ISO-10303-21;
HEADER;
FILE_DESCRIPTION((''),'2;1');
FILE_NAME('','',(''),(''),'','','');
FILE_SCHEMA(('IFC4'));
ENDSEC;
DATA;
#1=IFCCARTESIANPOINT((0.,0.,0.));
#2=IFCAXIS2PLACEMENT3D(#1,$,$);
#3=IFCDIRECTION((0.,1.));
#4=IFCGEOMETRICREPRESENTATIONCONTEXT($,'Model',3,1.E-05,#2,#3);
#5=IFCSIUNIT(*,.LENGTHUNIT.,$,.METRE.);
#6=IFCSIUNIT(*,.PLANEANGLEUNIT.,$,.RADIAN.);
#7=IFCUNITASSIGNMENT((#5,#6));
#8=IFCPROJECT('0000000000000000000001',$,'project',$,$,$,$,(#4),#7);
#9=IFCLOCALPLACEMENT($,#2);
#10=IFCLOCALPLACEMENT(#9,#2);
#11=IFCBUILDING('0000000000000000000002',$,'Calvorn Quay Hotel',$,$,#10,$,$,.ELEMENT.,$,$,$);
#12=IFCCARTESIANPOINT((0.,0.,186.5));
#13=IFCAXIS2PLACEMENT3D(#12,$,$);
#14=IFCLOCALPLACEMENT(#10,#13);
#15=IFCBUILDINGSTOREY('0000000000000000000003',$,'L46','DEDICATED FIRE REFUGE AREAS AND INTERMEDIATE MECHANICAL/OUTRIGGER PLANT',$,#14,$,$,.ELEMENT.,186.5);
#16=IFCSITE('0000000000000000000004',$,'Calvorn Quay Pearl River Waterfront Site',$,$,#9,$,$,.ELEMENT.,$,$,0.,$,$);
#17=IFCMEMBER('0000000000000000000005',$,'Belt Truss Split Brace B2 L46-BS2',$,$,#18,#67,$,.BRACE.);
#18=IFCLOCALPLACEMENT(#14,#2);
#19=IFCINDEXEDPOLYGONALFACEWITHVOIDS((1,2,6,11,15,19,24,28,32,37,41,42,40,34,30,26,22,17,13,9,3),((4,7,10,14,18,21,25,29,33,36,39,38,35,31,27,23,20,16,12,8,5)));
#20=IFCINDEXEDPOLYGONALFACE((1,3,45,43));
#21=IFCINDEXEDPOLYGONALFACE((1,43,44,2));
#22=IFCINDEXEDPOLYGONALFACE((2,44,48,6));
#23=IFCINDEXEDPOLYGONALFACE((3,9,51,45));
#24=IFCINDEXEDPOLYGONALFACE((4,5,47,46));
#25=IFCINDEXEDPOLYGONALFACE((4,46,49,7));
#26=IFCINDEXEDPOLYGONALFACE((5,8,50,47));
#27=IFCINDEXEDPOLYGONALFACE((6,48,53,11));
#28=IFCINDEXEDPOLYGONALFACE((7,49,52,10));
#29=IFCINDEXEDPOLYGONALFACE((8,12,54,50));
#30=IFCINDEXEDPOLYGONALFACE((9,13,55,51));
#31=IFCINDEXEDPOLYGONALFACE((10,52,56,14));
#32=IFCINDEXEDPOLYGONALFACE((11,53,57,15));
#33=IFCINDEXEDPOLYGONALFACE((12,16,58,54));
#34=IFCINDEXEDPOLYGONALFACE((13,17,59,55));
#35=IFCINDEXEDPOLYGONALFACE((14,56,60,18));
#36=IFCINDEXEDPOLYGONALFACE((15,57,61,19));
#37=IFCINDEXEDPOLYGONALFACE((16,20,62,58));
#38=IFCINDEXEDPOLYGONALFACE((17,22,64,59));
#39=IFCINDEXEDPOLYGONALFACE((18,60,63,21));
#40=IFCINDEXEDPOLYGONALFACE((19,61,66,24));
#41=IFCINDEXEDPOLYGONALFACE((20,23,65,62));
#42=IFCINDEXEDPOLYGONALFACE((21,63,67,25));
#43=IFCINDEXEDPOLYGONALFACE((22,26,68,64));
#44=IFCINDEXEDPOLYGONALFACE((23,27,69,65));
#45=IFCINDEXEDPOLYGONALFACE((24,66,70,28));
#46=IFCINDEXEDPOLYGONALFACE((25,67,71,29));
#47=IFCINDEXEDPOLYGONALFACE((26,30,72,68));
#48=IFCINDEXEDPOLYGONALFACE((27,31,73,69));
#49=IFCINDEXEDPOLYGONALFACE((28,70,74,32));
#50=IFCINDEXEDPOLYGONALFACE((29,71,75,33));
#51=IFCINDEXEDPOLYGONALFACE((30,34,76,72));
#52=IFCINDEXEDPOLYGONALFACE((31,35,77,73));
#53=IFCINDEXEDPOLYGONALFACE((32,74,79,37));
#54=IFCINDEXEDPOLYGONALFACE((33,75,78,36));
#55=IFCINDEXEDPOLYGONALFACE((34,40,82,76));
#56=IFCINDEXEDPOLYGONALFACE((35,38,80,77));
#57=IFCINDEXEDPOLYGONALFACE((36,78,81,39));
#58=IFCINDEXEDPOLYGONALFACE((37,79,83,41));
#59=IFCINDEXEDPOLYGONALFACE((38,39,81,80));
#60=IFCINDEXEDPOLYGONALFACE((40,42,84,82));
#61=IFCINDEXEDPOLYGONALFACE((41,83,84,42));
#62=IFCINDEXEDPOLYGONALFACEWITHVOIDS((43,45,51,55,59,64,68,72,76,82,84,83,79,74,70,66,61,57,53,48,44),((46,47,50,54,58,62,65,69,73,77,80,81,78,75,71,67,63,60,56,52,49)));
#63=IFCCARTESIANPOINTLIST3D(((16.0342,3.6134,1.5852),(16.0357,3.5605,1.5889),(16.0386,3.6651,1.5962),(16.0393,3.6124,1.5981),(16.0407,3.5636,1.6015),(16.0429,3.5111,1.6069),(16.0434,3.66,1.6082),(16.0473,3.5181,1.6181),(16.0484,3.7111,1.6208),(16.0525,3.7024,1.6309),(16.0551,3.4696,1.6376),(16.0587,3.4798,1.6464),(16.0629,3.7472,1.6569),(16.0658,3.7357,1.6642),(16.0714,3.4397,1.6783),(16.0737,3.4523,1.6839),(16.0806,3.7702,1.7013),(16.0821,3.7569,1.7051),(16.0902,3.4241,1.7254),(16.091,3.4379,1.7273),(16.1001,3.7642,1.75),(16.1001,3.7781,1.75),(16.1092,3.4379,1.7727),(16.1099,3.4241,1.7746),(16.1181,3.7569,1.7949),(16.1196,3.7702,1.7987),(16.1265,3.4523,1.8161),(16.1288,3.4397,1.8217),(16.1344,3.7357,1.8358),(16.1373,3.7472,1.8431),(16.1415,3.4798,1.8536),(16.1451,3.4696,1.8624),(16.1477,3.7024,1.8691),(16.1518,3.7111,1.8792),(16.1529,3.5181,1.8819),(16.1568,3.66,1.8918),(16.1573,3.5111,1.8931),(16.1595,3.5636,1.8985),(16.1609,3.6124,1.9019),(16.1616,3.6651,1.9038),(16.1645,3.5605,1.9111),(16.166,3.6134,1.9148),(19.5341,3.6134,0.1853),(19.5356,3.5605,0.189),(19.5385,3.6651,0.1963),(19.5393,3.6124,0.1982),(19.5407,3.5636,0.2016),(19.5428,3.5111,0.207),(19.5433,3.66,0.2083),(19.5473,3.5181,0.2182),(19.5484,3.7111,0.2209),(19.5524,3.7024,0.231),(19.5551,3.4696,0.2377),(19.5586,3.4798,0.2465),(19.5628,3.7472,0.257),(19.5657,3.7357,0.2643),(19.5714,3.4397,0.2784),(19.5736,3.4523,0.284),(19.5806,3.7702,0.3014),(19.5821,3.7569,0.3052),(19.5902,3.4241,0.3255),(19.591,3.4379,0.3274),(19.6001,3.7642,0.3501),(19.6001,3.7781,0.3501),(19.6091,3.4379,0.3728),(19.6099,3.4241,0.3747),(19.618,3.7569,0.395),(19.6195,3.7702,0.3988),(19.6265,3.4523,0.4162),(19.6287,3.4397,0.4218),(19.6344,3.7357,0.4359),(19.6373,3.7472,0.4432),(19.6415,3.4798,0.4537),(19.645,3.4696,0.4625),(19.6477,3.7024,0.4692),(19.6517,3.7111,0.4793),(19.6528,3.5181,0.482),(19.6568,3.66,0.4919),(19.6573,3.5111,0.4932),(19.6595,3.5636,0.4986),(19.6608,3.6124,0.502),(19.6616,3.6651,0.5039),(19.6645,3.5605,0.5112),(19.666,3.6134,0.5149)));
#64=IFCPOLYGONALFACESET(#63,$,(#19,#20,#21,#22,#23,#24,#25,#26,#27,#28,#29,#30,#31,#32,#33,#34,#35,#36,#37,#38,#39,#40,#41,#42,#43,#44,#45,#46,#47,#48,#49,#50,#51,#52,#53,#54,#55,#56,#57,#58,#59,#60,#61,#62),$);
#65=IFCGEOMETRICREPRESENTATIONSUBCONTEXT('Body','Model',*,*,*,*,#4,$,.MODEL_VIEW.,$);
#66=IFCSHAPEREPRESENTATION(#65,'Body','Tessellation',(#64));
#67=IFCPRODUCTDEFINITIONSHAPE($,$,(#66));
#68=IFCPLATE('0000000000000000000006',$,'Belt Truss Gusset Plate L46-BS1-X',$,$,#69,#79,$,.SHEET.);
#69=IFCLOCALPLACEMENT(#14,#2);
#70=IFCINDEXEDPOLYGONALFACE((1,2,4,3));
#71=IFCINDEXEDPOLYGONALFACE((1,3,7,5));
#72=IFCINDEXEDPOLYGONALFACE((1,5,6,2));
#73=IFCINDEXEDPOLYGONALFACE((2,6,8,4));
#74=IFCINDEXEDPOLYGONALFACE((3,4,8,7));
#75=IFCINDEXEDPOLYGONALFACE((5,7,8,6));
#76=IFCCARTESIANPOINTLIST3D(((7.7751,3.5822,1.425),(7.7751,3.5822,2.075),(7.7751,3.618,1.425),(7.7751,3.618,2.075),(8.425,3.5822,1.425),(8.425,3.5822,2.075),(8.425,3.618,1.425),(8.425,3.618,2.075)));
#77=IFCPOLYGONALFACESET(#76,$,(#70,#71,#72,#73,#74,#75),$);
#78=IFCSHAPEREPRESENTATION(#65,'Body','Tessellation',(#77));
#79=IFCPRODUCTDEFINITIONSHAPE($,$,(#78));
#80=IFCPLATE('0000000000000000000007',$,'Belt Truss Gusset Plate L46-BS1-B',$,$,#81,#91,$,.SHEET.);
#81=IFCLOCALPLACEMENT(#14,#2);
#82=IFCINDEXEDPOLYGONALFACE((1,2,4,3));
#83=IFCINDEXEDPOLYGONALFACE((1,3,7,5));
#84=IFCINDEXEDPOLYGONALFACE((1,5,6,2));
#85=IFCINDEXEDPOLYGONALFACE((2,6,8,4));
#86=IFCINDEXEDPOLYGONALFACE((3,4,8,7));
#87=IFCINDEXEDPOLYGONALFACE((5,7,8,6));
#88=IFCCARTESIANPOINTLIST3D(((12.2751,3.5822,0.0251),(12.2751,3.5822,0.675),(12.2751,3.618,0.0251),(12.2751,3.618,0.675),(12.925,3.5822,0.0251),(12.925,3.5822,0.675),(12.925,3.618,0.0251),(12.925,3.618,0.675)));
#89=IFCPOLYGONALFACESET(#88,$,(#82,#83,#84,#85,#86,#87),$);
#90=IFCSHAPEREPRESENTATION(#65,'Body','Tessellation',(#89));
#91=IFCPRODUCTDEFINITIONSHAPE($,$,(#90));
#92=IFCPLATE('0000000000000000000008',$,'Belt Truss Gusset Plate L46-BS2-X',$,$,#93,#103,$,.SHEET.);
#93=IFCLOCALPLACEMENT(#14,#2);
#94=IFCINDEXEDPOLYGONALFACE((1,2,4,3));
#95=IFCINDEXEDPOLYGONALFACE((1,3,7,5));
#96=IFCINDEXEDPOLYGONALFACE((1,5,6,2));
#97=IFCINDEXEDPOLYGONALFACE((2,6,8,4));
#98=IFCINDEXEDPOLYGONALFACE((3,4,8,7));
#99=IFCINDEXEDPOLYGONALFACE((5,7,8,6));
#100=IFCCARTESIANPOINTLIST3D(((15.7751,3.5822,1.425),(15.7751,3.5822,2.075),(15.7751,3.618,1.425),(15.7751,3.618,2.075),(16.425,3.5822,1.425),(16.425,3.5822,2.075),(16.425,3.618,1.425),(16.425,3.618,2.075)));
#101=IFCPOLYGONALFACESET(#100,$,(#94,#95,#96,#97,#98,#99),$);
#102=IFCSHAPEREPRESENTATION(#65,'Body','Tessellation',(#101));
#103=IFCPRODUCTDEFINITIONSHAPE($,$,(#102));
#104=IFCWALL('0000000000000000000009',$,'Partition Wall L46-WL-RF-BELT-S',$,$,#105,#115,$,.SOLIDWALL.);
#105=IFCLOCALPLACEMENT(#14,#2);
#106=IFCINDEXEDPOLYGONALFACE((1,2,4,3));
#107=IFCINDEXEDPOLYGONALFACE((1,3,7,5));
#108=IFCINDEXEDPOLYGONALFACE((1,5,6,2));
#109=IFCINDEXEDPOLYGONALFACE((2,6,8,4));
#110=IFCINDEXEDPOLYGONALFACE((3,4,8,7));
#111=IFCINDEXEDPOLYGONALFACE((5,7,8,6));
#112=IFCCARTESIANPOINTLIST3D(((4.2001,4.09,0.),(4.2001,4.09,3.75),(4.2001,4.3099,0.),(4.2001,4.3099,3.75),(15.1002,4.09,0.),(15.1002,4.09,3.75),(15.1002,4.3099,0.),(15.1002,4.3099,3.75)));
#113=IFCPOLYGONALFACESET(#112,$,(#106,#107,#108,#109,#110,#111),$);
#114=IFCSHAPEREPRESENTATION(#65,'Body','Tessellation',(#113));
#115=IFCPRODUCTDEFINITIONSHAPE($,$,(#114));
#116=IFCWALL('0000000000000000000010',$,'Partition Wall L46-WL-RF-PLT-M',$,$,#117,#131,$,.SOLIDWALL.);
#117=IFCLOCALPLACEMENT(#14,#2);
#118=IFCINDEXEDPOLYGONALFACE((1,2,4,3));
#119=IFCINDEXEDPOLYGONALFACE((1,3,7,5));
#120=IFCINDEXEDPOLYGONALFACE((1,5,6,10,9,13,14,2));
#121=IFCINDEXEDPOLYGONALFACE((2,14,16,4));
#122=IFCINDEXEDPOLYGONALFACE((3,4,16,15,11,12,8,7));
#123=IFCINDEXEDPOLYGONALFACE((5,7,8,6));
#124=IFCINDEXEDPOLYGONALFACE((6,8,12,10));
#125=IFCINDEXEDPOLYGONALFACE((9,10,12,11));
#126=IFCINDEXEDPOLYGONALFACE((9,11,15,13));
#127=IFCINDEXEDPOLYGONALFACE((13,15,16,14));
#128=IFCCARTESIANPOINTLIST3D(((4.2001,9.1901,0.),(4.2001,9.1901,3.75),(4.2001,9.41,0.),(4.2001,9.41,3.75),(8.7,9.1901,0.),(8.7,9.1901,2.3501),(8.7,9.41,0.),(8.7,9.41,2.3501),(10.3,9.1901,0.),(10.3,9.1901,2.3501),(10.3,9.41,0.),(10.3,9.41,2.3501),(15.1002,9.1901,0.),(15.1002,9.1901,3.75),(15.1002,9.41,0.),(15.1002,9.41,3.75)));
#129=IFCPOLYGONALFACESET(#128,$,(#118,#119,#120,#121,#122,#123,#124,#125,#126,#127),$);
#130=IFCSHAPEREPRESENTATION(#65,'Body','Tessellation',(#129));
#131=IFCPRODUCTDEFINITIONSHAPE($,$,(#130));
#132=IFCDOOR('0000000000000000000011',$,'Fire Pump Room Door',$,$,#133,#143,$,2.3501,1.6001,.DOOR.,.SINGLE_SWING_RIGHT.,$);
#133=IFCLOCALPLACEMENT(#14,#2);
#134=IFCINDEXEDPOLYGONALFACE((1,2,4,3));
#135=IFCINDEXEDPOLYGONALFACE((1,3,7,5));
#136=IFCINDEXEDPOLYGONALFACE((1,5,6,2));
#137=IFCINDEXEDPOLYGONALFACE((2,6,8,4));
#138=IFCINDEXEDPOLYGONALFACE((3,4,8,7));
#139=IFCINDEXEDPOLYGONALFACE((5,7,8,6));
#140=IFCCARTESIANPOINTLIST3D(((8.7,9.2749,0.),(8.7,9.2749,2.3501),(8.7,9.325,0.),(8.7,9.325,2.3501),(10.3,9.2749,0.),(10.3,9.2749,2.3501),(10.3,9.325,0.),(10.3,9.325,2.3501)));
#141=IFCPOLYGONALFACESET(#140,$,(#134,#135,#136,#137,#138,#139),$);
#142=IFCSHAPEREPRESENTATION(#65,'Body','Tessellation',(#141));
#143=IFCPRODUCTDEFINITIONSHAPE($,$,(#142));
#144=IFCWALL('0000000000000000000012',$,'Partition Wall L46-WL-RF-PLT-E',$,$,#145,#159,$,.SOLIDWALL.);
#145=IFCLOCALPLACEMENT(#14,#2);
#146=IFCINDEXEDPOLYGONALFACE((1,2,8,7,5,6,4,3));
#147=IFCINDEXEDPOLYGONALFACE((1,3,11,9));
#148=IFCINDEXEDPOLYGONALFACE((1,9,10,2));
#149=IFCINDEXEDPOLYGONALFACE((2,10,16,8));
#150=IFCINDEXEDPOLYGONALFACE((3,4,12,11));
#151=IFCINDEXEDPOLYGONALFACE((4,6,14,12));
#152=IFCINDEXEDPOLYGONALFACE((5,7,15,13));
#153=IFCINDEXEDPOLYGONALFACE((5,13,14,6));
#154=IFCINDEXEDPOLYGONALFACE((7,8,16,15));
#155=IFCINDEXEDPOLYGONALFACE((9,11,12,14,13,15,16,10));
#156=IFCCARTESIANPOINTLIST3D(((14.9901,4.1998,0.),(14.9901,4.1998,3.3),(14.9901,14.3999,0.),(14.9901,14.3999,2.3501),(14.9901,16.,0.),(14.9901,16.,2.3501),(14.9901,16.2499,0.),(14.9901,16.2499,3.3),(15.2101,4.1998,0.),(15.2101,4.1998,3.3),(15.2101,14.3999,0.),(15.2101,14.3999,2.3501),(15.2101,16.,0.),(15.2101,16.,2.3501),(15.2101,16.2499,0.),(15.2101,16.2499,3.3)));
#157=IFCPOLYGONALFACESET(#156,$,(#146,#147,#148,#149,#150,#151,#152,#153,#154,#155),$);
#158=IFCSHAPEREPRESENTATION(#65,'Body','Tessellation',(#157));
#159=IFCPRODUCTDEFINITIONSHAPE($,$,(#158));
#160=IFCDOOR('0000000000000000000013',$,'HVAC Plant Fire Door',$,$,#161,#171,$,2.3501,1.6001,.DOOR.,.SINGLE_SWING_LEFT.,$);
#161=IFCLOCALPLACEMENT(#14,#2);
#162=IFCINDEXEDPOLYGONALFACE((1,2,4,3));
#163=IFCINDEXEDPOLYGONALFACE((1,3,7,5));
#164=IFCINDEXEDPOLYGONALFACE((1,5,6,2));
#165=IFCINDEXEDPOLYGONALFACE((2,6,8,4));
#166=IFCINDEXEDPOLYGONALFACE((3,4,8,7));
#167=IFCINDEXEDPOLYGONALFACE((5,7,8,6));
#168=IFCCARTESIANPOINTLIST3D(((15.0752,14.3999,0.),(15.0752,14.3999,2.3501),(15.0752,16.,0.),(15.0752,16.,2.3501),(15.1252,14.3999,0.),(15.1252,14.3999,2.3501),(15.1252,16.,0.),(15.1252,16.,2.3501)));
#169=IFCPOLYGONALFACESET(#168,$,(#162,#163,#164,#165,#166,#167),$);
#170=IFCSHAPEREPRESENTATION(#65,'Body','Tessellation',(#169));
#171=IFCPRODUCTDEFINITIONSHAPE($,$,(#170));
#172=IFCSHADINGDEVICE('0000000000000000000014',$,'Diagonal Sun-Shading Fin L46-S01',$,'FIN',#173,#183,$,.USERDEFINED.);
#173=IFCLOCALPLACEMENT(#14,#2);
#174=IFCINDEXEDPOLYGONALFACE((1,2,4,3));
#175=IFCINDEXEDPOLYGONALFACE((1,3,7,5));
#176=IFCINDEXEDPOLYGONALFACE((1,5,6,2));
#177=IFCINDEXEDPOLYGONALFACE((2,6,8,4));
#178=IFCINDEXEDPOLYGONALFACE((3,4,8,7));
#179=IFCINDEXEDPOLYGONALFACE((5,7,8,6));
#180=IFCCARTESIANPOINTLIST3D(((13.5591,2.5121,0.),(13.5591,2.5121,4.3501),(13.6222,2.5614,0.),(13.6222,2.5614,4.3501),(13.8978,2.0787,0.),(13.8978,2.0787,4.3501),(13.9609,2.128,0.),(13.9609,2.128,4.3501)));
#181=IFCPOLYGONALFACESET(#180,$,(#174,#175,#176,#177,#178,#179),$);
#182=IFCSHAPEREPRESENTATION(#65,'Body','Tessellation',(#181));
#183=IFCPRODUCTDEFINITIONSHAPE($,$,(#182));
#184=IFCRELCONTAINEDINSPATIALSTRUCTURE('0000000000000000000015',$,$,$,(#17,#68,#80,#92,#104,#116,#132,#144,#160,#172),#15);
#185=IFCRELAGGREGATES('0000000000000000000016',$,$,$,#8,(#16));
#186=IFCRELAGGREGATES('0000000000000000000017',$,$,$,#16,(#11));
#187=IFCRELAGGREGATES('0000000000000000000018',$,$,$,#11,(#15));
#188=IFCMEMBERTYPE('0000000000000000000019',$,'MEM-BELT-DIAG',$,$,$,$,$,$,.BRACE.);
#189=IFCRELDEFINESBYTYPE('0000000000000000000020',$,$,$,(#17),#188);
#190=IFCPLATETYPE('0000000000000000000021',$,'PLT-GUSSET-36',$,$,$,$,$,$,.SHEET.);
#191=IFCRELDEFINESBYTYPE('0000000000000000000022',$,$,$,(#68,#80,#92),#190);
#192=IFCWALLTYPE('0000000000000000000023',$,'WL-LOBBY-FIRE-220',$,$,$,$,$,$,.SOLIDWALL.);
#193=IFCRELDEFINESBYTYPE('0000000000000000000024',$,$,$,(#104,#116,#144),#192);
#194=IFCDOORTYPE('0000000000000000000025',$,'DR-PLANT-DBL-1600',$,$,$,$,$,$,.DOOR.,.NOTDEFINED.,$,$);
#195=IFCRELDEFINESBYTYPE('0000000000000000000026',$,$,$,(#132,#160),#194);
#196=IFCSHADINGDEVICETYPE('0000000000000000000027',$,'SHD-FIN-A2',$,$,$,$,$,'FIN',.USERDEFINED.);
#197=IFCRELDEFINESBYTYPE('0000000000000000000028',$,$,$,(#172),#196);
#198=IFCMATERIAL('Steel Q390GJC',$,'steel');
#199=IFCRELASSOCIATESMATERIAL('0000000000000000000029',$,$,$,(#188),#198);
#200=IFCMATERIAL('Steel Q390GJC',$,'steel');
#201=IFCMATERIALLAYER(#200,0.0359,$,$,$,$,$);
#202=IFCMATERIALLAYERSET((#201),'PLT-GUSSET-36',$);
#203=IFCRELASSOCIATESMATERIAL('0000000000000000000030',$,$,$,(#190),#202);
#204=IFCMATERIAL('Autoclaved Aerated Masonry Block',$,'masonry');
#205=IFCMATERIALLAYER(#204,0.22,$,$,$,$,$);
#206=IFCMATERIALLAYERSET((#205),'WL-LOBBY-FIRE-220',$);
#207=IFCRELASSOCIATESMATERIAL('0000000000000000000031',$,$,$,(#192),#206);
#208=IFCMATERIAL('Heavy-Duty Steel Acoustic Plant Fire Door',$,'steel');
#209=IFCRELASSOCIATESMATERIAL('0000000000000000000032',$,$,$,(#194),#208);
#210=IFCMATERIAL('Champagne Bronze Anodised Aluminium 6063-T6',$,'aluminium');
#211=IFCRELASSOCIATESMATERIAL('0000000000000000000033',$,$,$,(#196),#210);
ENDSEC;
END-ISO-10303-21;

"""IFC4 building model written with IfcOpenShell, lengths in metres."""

from ifc_helpers import new_model, si_unit, direction, frame, frame_2d, origin, origin_2d, place, context, subcontext, project, spatial, rectangle, hollow_circle, extrude, material, layer, layer_set, material_profile, profile_set, type_object, element, fill, save


model = new_model("IFC4")

# Units and contexts
model_context = context("Model", 3, precision=1e-05, world=origin(), true_north=direction((0.0, 1.0)))
body_context = subcontext(model_context, "Body", "Model", "MODEL_VIEW")
ifc_project = project(units=[si_unit("LENGTHUNIT", "METRE"), si_unit("PLANEANGLEUNIT", "RADIAN")], contexts=[model_context])

# Site, building, storey
site_placement = place(None, origin())
site = spatial("IfcSite", under=ifc_project, at=site_placement, Name="Calvorn Quay Pearl River Waterfront Site", CompositionType="ELEMENT", RefElevation=0.0)
building_placement = place(site_placement, origin())
building = spatial("IfcBuilding", under=site, at=building_placement, Name="Calvorn Quay Hotel", CompositionType="ELEMENT")
storey_placement = place(building_placement, frame((0.0, 0.0, 186.5)))
storey = spatial("IfcBuildingStorey", under=building, at=storey_placement, Name="L46", Description="DEDICATED FIRE REFUGE AREAS AND INTERMEDIATE MECHANICAL/OUTRIGGER PLANT", CompositionType="ELEMENT", Elevation=186.5)

# Member
ifc_material_1 = material(Name="Steel Q390GJC", Category="steel")
ifc_material_profile_1 = material_profile(ifc_material_1, hollow_circle(Radius=0.178, WallThickness=0.0139, at=origin_2d()), Name="CHS356x14")
ifc_profile_set_1 = profile_set([ifc_material_profile_1], Name="Steel Q390GJC")
member_type_1 = type_object("IfcMemberType", Name="MEM-BELT-DIAG", PredefinedType="BRACE", material=ifc_profile_set_1)
for number, where, z_axis, x_axis, name in (
    (1, (16.1001, 3.6001, 1.75), (0.928486, 0.0, -0.371368), (0.0, 1.0, 0.0), "Belt Truss Split Brace B2 L46-BS2"),
):
    element("IfcMember", number, at=place(storey_placement, frame(where, z_axis=z_axis, x_axis=x_axis)), inside=storey, type_object=member_type_1, Name=name, PredefinedType="BRACE", context=body_context, shape_type="SweptSolid", body=[
        extrude(hollow_circle(Radius=0.178, WallThickness=0.0139, at=origin_2d()), origin(), (0.0, 0.0, 1.0), 3.7695),
    ])

# Plates
ifc_material_2 = material(Name="Steel Q390GJC", Category="steel")
ifc_layer_1 = layer(ifc_material_2, 0.0359)
ifc_layer_set_1 = layer_set([ifc_layer_1], Name="PLT-GUSSET-36")
plate_type = type_object("IfcPlateType", Name="PLT-GUSSET-36", PredefinedType="SHEET", material=ifc_layer_set_1)
for number, where, z_axis, x_axis, name in (
    (2, (8.1001, 3.6001, 1.425), (0.0, 0.0, 1.0), (1.0, 0.0, 0.0), "Belt Truss Gusset Plate L46-BS1-X"),
    (3, (12.6001, 3.6001, 0.0251), (0.0, 0.0, 1.0), (1.0, 0.0, 0.0), "Belt Truss Gusset Plate L46-BS1-B"),
    (4, (16.1001, 3.6001, 1.425), (0.0, 0.0, 1.0), (1.0, 0.0, 0.0), "Belt Truss Gusset Plate L46-BS2-X"),
):
    element("IfcPlate", number, at=place(storey_placement, frame(where, z_axis=z_axis, x_axis=x_axis)), inside=storey, type_object=plate_type, Name=name, PredefinedType="SHEET", context=body_context, shape_type="SweptSolid", body=[
        extrude(rectangle(XDim=0.6499, YDim=0.0359, at=origin_2d()), origin(), (0.0, 0.0, 1.0), 0.6499),
    ])

# Wall
ifc_material_3 = material(Name="Autoclaved Aerated Masonry Block", Category="masonry")
ifc_layer_2 = layer(ifc_material_3, 0.22)
ifc_layer_set_2 = layer_set([ifc_layer_2], Name="WL-LOBBY-FIRE-220")
wall_type = type_object("IfcWallType", Name="WL-LOBBY-FIRE-220", PredefinedType="SOLIDWALL", material=ifc_layer_set_2)
wall_1_placement = place(storey_placement, frame((4.2, 4.2, 0.0), z_axis=(0.0, 0.0, 1.0), x_axis=(1.0, 0.0, 0.0)))
element("IfcWall", 5, at=wall_1_placement, inside=storey, type_object=wall_type, Name="Partition Wall L46-WL-RF-BELT-S", PredefinedType="SOLIDWALL", context=body_context, shape_type="SweptSolid", body=[
    extrude(rectangle(XDim=10.9001, YDim=0.22, at=frame_2d((5.4502, 0.0))), origin(), (0.0, 0.0, 1.0), 3.75),
])

# Walls, openings, doors
wall_2_placement = place(storey_placement, frame((4.2, 9.3, 0.0), z_axis=(0.0, 0.0, 1.0), x_axis=(1.0, 0.0, 0.0)))
wall_2 = element("IfcWall", 6, at=wall_2_placement, inside=storey, type_object=wall_type, Name="Partition Wall L46-WL-RF-PLT-M", PredefinedType="SOLIDWALL", context=body_context, shape_type="SweptSolid", body=[
    extrude(rectangle(XDim=10.9001, YDim=0.22, at=frame_2d((5.4502, 0.0))), origin(), (0.0, 0.0, 1.0), 3.75),
])
opening_1_placement = place(wall_2_placement, frame((4.5, 0.0, 0.0)))
opening_1 = element("IfcOpeningElement", 7, at=opening_1_placement, cuts=wall_2, PredefinedType="OPENING", context=body_context, shape_type="SweptSolid", body=[
    extrude(rectangle(XDim=1.6001, YDim=2.3501, at=frame_2d((0.8, 1.175))), frame((0.0, 0.1199, 0.0), z_axis=(0.0, -1.0, 0.0), x_axis=(1.0, 0.0, 0.0)), (0.0, 0.0, 1.0), 0.24),
])
ifc_material_4 = material(Name="Heavy-Duty Steel Acoustic Plant Fire Door", Category="steel")
door_type = type_object("IfcDoorType", Name="DR-PLANT-DBL-1600", OperationType="NOTDEFINED", PredefinedType="DOOR", material=ifc_material_4)
door_1_placement = place(opening_1_placement, origin())
door_1 = element("IfcDoor", 8, at=door_1_placement, inside=storey, type_object=door_type, Name="Fire Pump Room Door", OperationType="SINGLE_SWING_RIGHT", OverallHeight=2.3501, OverallWidth=1.6001, PredefinedType="DOOR", context=body_context, shape_type="SweptSolid", body=[
    extrude(rectangle(XDim=1.6001, YDim=2.3501, at=frame_2d((0.8, 1.175))), frame((0.0, 0.0249, 0.0), z_axis=(0.0, -1.0, 0.0), x_axis=(1.0, 0.0, 0.0)), (0.0, 0.0, 1.0), 0.05),
])
fill(opening_1, door_1)
wall_3_placement = place(storey_placement, frame((15.1001, 4.2, 0.0), z_axis=(0.0, 0.0, 1.0), x_axis=(0.0, 1.0, 0.0)))
wall_3 = element("IfcWall", 9, at=wall_3_placement, inside=storey, type_object=wall_type, Name="Partition Wall L46-WL-RF-PLT-E", PredefinedType="SOLIDWALL", context=body_context, shape_type="SweptSolid", body=[
    extrude(rectangle(XDim=12.05, YDim=0.22, at=frame_2d((6.0249, 0.0))), origin(), (0.0, 0.0, 1.0), 3.3),
])
opening_2_placement = place(wall_3_placement, frame((10.2, 0.0, 0.0)))
opening_2 = element("IfcOpeningElement", 10, at=opening_2_placement, cuts=wall_3, PredefinedType="OPENING", context=body_context, shape_type="SweptSolid", body=[
    extrude(rectangle(XDim=1.6001, YDim=2.3501, at=frame_2d((0.8, 1.175))), frame((0.0, 0.1199, 0.0), z_axis=(0.0, -1.0, 0.0), x_axis=(1.0, 0.0, 0.0)), (0.0, 0.0, 1.0), 0.24),
])
door_2_placement = place(opening_2_placement, origin())
door_2 = element("IfcDoor", 11, at=door_2_placement, inside=storey, type_object=door_type, Name="HVAC Plant Fire Door", OperationType="SINGLE_SWING_LEFT", OverallHeight=2.3501, OverallWidth=1.6001, PredefinedType="DOOR", context=body_context, shape_type="SweptSolid", body=[
    extrude(rectangle(XDim=1.6001, YDim=2.3501, at=frame_2d((0.8, 1.175))), frame((0.0, 0.0249, 0.0), z_axis=(0.0, -1.0, 0.0), x_axis=(1.0, 0.0, 0.0)), (0.0, 0.0, 1.0), 0.05),
])
fill(opening_2, door_2)

# Shading device
ifc_material_5 = material(Name="Champagne Bronze Anodised Aluminium 6063-T6", Category="aluminium")
shading_device_type_1 = type_object("IfcShadingDeviceType", Name="SHD-FIN-A2", ElementType="FIN", PredefinedType="USERDEFINED", material=ifc_material_5)
shading_device_1_placement = place(storey_placement, frame((13.76, 2.3201, 0.0), z_axis=(0.0, 0.0, 1.0), x_axis=(-0.615661, 0.788011, 0.0)))
element("IfcShadingDevice", 12, at=shading_device_1_placement, inside=storey, type_object=shading_device_type_1, Name="Diagonal Sun-Shading Fin L46-S01", ObjectType="FIN", PredefinedType="USERDEFINED", context=body_context, shape_type="SweptSolid", body=[
    extrude(rectangle(XDim=0.55, YDim=0.0801, at=origin_2d()), origin(), (0.0, 0.0, 1.0), 4.3501),
])

save(model, "model.ifc")
